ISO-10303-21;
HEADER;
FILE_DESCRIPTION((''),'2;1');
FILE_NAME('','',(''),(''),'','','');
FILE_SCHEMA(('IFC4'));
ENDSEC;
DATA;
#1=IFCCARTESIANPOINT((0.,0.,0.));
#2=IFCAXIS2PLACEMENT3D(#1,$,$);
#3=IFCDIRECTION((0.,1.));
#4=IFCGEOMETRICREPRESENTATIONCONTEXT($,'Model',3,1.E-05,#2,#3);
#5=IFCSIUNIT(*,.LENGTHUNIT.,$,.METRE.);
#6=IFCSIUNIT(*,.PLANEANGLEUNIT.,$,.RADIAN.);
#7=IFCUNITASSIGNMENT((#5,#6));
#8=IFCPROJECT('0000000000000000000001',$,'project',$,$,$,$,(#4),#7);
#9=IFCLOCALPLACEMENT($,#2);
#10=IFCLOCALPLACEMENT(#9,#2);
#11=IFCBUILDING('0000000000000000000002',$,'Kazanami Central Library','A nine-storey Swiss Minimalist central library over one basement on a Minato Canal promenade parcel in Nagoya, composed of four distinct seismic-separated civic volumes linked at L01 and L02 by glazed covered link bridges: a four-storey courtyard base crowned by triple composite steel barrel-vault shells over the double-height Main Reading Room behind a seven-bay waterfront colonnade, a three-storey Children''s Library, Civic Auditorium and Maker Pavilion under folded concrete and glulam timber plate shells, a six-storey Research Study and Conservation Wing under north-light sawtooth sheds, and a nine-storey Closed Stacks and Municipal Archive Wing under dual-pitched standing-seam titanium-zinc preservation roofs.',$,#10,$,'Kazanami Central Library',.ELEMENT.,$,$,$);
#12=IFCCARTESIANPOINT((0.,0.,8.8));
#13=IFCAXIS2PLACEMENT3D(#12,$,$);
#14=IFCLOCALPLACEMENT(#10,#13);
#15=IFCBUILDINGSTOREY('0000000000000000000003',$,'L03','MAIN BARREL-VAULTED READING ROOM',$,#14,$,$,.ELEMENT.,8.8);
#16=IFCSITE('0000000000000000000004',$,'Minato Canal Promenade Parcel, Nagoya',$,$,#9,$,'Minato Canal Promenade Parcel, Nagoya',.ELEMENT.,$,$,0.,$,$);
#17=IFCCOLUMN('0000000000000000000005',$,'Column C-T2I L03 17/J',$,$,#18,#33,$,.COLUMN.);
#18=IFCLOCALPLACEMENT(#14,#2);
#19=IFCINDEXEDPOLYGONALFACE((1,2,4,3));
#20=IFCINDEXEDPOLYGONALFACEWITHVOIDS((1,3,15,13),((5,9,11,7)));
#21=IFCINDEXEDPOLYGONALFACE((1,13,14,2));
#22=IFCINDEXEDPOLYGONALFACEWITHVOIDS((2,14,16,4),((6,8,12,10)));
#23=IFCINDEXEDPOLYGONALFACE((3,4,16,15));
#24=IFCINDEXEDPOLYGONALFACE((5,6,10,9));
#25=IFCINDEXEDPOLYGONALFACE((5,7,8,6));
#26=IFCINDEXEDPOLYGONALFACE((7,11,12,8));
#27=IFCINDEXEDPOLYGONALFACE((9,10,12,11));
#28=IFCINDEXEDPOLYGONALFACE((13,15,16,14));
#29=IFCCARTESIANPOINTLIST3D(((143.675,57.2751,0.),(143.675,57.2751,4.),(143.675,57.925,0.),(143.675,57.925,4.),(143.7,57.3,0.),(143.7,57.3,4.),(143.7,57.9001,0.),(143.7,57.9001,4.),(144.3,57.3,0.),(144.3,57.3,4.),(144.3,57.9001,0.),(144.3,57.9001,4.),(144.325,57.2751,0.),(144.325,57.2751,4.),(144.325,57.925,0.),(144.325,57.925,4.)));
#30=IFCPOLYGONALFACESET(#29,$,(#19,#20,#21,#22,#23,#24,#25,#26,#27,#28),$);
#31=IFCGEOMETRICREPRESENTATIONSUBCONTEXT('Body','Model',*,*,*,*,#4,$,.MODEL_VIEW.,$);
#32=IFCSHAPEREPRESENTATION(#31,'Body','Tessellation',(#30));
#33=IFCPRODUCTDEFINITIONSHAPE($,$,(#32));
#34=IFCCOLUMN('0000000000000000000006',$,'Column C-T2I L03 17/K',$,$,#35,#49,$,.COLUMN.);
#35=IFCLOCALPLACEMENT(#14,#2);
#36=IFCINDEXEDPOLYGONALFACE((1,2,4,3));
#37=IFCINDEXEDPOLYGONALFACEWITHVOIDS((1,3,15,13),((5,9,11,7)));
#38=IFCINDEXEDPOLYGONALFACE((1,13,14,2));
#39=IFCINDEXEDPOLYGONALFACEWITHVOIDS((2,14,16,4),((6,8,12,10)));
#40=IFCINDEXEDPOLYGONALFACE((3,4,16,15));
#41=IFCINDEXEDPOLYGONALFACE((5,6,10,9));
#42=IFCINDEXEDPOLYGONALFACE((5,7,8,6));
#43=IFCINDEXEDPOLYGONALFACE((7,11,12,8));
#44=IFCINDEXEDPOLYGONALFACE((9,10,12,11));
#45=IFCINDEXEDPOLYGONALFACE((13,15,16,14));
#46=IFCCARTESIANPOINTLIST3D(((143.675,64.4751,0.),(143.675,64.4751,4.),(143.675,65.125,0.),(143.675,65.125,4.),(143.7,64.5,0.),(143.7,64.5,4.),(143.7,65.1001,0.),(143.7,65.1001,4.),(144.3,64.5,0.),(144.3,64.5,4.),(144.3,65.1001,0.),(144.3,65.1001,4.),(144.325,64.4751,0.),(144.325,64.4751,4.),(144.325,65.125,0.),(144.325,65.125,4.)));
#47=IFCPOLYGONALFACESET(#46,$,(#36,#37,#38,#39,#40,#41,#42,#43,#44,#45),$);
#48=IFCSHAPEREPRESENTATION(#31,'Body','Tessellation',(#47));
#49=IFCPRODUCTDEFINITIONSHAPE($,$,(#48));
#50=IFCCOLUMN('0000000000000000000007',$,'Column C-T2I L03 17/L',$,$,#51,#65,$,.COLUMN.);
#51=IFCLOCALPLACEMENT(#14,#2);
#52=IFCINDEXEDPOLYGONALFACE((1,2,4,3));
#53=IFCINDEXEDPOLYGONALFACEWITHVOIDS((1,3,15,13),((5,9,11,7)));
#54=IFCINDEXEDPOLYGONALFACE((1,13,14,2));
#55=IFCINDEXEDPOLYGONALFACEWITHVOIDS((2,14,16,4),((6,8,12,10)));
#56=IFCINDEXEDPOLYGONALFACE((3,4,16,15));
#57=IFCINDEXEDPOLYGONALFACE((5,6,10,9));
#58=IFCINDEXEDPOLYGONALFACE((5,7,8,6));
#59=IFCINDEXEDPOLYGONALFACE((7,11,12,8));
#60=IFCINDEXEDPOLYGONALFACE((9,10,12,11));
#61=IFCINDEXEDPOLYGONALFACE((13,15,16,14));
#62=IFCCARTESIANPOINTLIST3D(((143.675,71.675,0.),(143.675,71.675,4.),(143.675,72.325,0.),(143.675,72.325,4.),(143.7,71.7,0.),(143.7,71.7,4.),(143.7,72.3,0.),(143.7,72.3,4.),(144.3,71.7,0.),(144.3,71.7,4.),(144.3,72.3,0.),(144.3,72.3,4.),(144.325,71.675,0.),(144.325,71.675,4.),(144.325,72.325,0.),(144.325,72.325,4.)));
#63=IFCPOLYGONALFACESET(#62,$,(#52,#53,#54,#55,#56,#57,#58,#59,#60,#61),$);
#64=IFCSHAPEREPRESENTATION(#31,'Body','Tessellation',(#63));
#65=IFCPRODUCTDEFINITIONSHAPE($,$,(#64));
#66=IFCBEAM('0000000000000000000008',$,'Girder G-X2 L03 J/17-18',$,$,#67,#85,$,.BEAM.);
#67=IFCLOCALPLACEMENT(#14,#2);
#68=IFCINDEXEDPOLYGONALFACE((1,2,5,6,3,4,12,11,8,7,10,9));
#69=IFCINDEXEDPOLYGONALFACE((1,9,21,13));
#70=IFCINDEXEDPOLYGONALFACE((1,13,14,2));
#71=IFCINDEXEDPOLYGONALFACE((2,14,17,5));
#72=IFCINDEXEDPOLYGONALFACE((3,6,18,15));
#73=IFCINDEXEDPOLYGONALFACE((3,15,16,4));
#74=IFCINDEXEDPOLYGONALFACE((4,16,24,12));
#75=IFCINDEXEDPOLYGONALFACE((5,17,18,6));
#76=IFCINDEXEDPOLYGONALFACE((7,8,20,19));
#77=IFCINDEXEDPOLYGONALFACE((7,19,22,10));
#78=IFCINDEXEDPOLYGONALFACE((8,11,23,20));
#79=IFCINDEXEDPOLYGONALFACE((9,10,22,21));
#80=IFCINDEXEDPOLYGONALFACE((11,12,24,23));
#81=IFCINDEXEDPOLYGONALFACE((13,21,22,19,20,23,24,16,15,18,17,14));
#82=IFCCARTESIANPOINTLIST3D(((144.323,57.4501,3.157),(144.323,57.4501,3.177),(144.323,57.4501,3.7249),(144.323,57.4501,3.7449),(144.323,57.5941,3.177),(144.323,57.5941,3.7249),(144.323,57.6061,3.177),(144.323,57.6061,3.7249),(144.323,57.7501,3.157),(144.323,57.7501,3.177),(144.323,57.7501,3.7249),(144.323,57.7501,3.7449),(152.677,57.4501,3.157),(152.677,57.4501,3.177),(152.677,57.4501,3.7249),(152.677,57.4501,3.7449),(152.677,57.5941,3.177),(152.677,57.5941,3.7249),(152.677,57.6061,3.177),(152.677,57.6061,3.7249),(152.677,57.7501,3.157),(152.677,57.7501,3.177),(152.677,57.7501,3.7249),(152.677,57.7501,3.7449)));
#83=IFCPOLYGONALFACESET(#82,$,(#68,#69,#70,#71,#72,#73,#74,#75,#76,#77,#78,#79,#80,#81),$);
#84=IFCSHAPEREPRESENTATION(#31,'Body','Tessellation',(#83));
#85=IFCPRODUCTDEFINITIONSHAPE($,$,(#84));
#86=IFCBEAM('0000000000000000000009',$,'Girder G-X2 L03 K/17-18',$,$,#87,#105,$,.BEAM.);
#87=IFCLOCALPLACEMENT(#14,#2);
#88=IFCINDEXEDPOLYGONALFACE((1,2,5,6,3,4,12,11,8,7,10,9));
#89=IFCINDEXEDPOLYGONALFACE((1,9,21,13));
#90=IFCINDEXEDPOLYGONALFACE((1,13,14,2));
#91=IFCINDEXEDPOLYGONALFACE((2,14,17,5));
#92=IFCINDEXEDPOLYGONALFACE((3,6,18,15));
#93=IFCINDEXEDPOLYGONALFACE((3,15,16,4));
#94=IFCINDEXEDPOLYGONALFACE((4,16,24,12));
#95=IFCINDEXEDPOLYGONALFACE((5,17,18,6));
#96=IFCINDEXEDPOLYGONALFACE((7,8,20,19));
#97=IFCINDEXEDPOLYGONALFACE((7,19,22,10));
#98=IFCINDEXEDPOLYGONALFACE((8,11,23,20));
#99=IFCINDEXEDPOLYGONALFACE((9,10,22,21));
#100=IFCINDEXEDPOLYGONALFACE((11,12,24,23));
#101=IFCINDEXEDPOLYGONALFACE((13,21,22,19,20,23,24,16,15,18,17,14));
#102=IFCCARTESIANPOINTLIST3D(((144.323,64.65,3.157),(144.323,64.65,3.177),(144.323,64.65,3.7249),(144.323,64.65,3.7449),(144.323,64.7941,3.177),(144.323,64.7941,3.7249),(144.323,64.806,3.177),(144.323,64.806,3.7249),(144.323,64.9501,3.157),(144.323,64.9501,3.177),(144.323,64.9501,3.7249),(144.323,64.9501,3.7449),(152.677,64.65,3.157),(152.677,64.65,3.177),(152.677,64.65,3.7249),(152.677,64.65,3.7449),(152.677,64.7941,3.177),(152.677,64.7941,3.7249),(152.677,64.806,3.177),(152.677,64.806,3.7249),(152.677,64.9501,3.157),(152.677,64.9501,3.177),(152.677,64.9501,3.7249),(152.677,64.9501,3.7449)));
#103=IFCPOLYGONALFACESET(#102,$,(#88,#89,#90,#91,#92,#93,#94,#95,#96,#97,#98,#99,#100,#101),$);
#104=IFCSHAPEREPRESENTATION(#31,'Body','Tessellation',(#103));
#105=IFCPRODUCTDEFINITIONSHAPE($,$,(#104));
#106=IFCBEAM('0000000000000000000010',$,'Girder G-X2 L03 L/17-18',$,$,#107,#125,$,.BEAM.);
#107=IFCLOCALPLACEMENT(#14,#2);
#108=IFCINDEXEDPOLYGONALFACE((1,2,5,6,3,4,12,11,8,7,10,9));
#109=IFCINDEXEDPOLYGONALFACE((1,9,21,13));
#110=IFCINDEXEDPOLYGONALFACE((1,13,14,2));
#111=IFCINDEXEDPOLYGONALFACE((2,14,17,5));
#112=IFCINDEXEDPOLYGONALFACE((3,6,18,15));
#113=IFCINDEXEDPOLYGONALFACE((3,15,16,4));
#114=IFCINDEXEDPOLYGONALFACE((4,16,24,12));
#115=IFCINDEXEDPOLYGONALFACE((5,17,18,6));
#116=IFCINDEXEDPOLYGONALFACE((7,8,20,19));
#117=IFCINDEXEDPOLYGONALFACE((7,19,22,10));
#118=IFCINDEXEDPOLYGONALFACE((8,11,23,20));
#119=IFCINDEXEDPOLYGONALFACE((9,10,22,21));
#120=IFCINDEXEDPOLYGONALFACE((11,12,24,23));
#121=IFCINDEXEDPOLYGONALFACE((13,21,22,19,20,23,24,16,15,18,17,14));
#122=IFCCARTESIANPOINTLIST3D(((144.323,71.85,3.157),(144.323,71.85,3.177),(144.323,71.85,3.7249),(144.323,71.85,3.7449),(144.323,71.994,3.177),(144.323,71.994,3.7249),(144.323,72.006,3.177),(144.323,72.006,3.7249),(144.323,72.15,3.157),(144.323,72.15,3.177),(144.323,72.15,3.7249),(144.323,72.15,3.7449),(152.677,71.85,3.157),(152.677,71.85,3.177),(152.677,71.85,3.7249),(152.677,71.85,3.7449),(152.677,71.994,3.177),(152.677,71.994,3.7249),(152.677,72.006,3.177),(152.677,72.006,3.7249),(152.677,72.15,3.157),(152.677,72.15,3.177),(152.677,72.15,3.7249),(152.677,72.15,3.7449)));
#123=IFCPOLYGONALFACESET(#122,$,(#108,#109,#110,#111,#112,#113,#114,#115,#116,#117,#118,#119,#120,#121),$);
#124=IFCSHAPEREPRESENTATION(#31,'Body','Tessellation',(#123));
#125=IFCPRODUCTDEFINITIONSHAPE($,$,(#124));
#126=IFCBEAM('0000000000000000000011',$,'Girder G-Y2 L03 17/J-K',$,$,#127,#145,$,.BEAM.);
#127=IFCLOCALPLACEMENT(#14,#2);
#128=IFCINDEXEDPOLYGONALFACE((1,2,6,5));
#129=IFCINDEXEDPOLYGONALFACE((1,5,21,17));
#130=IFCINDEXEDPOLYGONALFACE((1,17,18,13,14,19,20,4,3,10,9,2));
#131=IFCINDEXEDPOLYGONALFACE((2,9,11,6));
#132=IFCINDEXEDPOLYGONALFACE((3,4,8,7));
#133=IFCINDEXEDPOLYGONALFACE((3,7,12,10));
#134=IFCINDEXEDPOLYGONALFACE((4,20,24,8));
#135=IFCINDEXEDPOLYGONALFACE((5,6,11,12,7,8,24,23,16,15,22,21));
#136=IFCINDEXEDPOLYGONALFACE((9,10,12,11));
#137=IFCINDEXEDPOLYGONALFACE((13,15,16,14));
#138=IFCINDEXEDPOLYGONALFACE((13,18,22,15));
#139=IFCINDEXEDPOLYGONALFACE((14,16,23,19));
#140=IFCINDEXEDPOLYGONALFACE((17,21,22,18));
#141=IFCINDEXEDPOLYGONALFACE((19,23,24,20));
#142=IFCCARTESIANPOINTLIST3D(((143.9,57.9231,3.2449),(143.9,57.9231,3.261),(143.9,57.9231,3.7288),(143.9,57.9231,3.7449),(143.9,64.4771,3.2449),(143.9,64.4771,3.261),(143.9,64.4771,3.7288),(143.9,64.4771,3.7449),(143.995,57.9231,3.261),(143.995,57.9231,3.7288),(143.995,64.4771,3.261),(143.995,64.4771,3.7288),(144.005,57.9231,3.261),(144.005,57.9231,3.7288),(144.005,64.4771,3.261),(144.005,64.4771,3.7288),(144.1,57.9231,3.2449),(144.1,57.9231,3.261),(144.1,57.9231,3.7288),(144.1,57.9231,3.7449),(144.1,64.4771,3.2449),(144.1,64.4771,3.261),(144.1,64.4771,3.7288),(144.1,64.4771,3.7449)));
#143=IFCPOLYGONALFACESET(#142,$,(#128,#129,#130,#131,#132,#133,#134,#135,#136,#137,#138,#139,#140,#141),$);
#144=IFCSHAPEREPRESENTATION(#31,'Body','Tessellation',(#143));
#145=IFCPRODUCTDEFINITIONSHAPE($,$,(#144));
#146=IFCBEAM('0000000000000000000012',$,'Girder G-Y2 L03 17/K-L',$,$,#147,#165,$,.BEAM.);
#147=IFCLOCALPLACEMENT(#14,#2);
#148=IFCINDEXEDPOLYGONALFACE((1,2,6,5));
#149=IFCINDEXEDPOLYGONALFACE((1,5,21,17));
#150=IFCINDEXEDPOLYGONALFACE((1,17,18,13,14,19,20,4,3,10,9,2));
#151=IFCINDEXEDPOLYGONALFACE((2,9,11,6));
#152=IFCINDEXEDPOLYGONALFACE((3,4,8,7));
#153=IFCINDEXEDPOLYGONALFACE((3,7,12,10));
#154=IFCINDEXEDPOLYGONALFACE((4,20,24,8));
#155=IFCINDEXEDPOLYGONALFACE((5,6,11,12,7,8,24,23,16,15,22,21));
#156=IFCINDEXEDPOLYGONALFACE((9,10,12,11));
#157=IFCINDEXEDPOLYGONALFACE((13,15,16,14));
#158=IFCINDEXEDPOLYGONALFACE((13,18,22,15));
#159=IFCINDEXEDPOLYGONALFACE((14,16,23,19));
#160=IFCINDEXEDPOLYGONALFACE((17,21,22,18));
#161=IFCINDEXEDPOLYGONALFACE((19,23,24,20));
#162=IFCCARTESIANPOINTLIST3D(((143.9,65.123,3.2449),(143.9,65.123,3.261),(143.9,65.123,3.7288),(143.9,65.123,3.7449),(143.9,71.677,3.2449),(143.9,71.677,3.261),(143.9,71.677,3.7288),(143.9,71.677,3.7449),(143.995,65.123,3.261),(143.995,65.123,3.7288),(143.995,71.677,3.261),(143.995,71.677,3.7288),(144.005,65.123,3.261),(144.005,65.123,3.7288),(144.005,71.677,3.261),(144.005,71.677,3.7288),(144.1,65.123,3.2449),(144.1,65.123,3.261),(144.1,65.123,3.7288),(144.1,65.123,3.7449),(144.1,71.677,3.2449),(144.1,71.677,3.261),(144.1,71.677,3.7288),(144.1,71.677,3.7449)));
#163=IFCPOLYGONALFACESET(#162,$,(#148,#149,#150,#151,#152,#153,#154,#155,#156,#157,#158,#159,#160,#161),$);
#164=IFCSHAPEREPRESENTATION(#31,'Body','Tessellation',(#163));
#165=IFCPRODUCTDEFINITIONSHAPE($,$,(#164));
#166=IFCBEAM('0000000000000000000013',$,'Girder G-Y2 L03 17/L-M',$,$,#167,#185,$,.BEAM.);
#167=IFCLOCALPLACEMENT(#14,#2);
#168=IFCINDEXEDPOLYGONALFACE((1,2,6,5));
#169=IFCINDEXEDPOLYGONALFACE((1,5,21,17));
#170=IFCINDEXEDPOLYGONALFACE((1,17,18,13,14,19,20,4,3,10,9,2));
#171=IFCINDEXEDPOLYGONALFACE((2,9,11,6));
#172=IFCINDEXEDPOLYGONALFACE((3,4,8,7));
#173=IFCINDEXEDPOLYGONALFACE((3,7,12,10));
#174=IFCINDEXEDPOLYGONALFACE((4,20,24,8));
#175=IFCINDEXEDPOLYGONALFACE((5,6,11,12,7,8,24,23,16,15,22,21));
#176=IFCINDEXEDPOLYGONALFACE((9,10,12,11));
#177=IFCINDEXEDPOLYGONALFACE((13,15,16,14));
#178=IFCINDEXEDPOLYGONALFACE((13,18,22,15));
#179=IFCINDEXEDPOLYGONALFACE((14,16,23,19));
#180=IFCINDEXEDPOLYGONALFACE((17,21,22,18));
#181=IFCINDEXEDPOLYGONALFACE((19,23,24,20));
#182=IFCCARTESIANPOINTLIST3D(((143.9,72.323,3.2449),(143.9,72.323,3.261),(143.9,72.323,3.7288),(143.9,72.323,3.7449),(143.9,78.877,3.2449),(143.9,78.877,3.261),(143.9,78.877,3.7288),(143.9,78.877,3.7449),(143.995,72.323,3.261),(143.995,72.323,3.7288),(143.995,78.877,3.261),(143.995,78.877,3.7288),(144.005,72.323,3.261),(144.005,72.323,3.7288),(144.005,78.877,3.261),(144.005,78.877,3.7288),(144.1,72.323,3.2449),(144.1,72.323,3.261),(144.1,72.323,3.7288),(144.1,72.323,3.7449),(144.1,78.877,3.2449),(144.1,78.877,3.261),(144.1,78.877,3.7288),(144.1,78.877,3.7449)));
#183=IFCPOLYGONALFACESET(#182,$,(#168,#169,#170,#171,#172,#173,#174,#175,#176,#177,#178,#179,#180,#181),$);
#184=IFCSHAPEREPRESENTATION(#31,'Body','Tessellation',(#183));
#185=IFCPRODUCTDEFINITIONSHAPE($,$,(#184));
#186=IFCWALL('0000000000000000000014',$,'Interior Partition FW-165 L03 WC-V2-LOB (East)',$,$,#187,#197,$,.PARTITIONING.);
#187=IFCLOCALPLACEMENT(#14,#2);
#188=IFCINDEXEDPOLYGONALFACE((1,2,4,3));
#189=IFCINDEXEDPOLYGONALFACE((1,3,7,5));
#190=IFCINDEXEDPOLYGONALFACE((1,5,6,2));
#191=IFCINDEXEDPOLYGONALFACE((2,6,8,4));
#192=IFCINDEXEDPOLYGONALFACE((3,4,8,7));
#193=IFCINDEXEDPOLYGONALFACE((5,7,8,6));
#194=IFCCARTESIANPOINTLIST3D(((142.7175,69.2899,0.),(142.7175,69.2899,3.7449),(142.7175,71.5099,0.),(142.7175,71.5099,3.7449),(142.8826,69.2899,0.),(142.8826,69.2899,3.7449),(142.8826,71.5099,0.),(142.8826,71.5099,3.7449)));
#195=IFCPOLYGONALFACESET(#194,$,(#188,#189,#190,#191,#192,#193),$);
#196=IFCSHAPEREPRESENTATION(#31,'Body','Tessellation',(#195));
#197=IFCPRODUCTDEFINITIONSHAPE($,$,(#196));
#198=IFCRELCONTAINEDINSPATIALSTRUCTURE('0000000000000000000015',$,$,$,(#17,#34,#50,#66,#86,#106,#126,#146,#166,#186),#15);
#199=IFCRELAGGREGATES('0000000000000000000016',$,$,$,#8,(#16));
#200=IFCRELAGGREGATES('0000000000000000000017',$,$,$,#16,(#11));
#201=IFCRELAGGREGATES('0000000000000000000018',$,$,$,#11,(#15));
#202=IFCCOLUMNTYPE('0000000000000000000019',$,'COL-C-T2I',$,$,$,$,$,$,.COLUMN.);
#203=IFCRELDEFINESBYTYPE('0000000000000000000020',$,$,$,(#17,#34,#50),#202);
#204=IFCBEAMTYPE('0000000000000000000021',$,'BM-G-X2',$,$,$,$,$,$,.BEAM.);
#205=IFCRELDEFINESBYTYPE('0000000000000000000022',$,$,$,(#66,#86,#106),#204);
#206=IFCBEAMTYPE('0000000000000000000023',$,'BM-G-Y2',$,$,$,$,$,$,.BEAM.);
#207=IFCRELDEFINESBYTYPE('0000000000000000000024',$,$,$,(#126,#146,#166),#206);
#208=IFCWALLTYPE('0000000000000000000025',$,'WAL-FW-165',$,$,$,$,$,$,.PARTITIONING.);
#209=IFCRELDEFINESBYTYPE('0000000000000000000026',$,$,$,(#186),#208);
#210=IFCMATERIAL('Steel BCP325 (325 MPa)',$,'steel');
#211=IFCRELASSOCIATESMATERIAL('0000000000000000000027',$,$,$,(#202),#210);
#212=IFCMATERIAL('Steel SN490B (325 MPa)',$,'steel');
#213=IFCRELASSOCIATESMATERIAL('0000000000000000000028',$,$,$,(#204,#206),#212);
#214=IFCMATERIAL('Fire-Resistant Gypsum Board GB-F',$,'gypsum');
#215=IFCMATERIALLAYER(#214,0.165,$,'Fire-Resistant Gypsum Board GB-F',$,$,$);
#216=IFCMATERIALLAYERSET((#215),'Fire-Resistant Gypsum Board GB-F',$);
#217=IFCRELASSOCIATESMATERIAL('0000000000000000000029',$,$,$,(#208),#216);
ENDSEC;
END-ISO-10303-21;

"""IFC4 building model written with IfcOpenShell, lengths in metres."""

from ifc_helpers import new_model, si_unit, direction, frame, frame_2d, origin, origin_2d, place, context, subcontext, project, spatial, rectangle, hollow_rectangle, i_section, extrude, material, layer, layer_set, material_profile, profile_set, type_object, element, save


model = new_model("IFC4")

# Units and contexts
model_context = context("Model", 3, precision=1e-05, world=origin(), true_north=direction((0.0, 1.0)))
body_context = subcontext(model_context, "Body", "Model", "MODEL_VIEW")
ifc_project = project(units=[si_unit("LENGTHUNIT", "METRE"), si_unit("PLANEANGLEUNIT", "RADIAN")], contexts=[model_context])

# Site, building, storey
site_placement = place(None, origin())
site = spatial("IfcSite", under=ifc_project, at=site_placement, Name="Minato Canal Promenade Parcel, Nagoya", LongName="Minato Canal Promenade Parcel, Nagoya", CompositionType="ELEMENT", RefElevation=0.0)
building_placement = place(site_placement, origin())
building = spatial("IfcBuilding", under=site, at=building_placement, Name="Kazanami Central Library", Description="A nine-storey Swiss Minimalist central library over one basement on a Minato Canal promenade parcel in Nagoya, composed of four distinct seismic-separated civic volumes linked at L01 and L02 by glazed covered link bridges: a four-storey courtyard base crowned by triple composite steel barrel-vault shells over the double-height Main Reading Room behind a seven-bay waterfront colonnade, a three-storey Children's Library, Civic Auditorium and Maker Pavilion under folded concrete and glulam timber plate shells, a six-storey Research Study and Conservation Wing under north-light sawtooth sheds, and a nine-storey Closed Stacks and Municipal Archive Wing under dual-pitched standing-seam titanium-zinc preservation roofs.", LongName="Kazanami Central Library", CompositionType="ELEMENT")
storey_placement = place(building_placement, frame((0.0, 0.0, 8.8)))
storey = spatial("IfcBuildingStorey", under=building, at=storey_placement, Name="L03", Description="MAIN BARREL-VAULTED READING ROOM", CompositionType="ELEMENT", Elevation=8.8)

# Columns
ifc_material_1 = material(Name="Steel BCP325 (325 MPa)", Category="steel")
ifc_material_profile_1 = material_profile(ifc_material_1, hollow_rectangle(XDim=0.6499, YDim=0.6499, WallThickness=0.0249, at=origin_2d()), Name="BCP-650x650x25")
ifc_profile_set_1 = profile_set([ifc_material_profile_1], Name="Steel BCP325 (325 MPa)")
column_type = type_object("IfcColumnType", Name="COL-C-T2I", PredefinedType="COLUMN", material=ifc_profile_set_1)
for number, where, z_axis, x_axis, name in (
    (1, (144.0, 57.6001, 0.0), (0.0, 0.0, 1.0), (1.0, 0.0, 0.0), "Column C-T2I L03 17/J"),
    (2, (144.0, 64.8, 0.0), (0.0, 0.0, 1.0), (1.0, 0.0, 0.0), "Column C-T2I L03 17/K"),
    (3, (144.0, 72.0, 0.0), (0.0, 0.0, 1.0), (1.0, 0.0, 0.0), "Column C-T2I L03 17/L"),
):
    element("IfcColumn", number, at=place(storey_placement, frame(where, z_axis=z_axis, x_axis=x_axis)), inside=storey, type_object=column_type, Name=name, PredefinedType="COLUMN", context=body_context, shape_type="SweptSolid", body=[
        extrude(hollow_rectangle(XDim=0.6499, YDim=0.6499, WallThickness=0.0249, at=origin_2d()), origin(), (0.0, 0.0, 1.0), 4.0),
    ])

# Beams
ifc_material_2 = material(Name="Steel SN490B (325 MPa)", Category="steel")
ifc_material_profile_2 = material_profile(ifc_material_2, i_section(OverallWidth=0.3, OverallDepth=0.5879, WebThickness=0.012, FlangeThickness=0.02, at=origin_2d()), Name="H-588x300x12x20")
ifc_profile_set_2 = profile_set([ifc_material_profile_2], Name="Steel SN490B (325 MPa)")
beam_type_1 = type_object("IfcBeamType", Name="BM-G-X2", PredefinedType="BEAM", material=ifc_profile_set_2)
for number, where, z_axis, x_axis, name in (
    (4, (144.323, 57.6001, 3.4509), (1.0, 0.0, 0.0), (0.0, 1.0, 0.0), "Girder G-X2 L03 J/17-18"),
    (5, (144.323, 64.8, 3.4509), (1.0, 0.0, 0.0), (0.0, 1.0, 0.0), "Girder G-X2 L03 K/17-18"),
    (6, (144.323, 72.0, 3.4509), (1.0, 0.0, 0.0), (0.0, 1.0, 0.0), "Girder G-X2 L03 L/17-18"),
):
    element("IfcBeam", number, at=place(storey_placement, frame(where, z_axis=z_axis, x_axis=x_axis)), inside=storey, type_object=beam_type_1, Name=name, PredefinedType="BEAM", context=body_context, shape_type="SweptSolid", body=[
        extrude(i_section(OverallWidth=0.3, OverallDepth=0.5879, WebThickness=0.012, FlangeThickness=0.02, at=origin_2d()), origin(), (0.0, 0.0, 1.0), 8.354),
    ])
ifc_material_profile_3 = material_profile(ifc_material_2, i_section(OverallWidth=0.2, OverallDepth=0.5, WebThickness=0.01, FlangeThickness=0.0161, at=origin_2d()), Name="H-500x200x10x16")
ifc_profile_set_3 = profile_set([ifc_material_profile_3], Name="Steel SN490B (325 MPa)")
beam_type_2 = type_object("IfcBeamType", Name="BM-G-Y2", PredefinedType="BEAM", material=ifc_profile_set_3)
for number, where, z_axis, x_axis, name in (
    (7, (144.0, 57.9231, 3.4949), (0.0, 1.0, 0.0), (-1.0, 0.0, 0.0), "Girder G-Y2 L03 17/J-K"),
    (8, (144.0, 65.123, 3.4949), (0.0, 1.0, 0.0), (-1.0, 0.0, 0.0), "Girder G-Y2 L03 17/K-L"),
    (9, (144.0, 72.323, 3.4949), (0.0, 1.0, 0.0), (-1.0, 0.0, 0.0), "Girder G-Y2 L03 17/L-M"),
):
    element("IfcBeam", number, at=place(storey_placement, frame(where, z_axis=z_axis, x_axis=x_axis)), inside=storey, type_object=beam_type_2, Name=name, PredefinedType="BEAM", context=body_context, shape_type="SweptSolid", body=[
        extrude(i_section(OverallWidth=0.2, OverallDepth=0.5, WebThickness=0.01, FlangeThickness=0.0161, at=origin_2d()), origin(), (0.0, 0.0, 1.0), 6.554),
    ])

# Wall
ifc_material_3 = material(Name="Fire-Resistant Gypsum Board GB-F", Category="gypsum")
ifc_layer_1 = layer(ifc_material_3, 0.165, Name="Fire-Resistant Gypsum Board GB-F")
ifc_layer_set_1 = layer_set([ifc_layer_1], Name="Fire-Resistant Gypsum Board GB-F")
wall_type_1 = type_object("IfcWallType", Name="WAL-FW-165", PredefinedType="PARTITIONING", material=ifc_layer_set_1)
wall_1_placement = place(storey_placement, frame((142.8, 69.29, 0.0), z_axis=(0.0, 0.0, 1.0), x_axis=(0.0, 1.0, 0.0)))
element("IfcWall", 10, at=wall_1_placement, inside=storey, type_object=wall_type_1, Name="Interior Partition FW-165 L03 WC-V2-LOB (East)", PredefinedType="PARTITIONING", context=body_context, shape_type="SweptSolid", body=[
    extrude(rectangle(XDim=2.22, YDim=0.165, at=frame_2d((1.1099, 0.0))), origin(), (0.0, 0.0, 1.0), 3.7449),
])

save(model, "model.ifc")
